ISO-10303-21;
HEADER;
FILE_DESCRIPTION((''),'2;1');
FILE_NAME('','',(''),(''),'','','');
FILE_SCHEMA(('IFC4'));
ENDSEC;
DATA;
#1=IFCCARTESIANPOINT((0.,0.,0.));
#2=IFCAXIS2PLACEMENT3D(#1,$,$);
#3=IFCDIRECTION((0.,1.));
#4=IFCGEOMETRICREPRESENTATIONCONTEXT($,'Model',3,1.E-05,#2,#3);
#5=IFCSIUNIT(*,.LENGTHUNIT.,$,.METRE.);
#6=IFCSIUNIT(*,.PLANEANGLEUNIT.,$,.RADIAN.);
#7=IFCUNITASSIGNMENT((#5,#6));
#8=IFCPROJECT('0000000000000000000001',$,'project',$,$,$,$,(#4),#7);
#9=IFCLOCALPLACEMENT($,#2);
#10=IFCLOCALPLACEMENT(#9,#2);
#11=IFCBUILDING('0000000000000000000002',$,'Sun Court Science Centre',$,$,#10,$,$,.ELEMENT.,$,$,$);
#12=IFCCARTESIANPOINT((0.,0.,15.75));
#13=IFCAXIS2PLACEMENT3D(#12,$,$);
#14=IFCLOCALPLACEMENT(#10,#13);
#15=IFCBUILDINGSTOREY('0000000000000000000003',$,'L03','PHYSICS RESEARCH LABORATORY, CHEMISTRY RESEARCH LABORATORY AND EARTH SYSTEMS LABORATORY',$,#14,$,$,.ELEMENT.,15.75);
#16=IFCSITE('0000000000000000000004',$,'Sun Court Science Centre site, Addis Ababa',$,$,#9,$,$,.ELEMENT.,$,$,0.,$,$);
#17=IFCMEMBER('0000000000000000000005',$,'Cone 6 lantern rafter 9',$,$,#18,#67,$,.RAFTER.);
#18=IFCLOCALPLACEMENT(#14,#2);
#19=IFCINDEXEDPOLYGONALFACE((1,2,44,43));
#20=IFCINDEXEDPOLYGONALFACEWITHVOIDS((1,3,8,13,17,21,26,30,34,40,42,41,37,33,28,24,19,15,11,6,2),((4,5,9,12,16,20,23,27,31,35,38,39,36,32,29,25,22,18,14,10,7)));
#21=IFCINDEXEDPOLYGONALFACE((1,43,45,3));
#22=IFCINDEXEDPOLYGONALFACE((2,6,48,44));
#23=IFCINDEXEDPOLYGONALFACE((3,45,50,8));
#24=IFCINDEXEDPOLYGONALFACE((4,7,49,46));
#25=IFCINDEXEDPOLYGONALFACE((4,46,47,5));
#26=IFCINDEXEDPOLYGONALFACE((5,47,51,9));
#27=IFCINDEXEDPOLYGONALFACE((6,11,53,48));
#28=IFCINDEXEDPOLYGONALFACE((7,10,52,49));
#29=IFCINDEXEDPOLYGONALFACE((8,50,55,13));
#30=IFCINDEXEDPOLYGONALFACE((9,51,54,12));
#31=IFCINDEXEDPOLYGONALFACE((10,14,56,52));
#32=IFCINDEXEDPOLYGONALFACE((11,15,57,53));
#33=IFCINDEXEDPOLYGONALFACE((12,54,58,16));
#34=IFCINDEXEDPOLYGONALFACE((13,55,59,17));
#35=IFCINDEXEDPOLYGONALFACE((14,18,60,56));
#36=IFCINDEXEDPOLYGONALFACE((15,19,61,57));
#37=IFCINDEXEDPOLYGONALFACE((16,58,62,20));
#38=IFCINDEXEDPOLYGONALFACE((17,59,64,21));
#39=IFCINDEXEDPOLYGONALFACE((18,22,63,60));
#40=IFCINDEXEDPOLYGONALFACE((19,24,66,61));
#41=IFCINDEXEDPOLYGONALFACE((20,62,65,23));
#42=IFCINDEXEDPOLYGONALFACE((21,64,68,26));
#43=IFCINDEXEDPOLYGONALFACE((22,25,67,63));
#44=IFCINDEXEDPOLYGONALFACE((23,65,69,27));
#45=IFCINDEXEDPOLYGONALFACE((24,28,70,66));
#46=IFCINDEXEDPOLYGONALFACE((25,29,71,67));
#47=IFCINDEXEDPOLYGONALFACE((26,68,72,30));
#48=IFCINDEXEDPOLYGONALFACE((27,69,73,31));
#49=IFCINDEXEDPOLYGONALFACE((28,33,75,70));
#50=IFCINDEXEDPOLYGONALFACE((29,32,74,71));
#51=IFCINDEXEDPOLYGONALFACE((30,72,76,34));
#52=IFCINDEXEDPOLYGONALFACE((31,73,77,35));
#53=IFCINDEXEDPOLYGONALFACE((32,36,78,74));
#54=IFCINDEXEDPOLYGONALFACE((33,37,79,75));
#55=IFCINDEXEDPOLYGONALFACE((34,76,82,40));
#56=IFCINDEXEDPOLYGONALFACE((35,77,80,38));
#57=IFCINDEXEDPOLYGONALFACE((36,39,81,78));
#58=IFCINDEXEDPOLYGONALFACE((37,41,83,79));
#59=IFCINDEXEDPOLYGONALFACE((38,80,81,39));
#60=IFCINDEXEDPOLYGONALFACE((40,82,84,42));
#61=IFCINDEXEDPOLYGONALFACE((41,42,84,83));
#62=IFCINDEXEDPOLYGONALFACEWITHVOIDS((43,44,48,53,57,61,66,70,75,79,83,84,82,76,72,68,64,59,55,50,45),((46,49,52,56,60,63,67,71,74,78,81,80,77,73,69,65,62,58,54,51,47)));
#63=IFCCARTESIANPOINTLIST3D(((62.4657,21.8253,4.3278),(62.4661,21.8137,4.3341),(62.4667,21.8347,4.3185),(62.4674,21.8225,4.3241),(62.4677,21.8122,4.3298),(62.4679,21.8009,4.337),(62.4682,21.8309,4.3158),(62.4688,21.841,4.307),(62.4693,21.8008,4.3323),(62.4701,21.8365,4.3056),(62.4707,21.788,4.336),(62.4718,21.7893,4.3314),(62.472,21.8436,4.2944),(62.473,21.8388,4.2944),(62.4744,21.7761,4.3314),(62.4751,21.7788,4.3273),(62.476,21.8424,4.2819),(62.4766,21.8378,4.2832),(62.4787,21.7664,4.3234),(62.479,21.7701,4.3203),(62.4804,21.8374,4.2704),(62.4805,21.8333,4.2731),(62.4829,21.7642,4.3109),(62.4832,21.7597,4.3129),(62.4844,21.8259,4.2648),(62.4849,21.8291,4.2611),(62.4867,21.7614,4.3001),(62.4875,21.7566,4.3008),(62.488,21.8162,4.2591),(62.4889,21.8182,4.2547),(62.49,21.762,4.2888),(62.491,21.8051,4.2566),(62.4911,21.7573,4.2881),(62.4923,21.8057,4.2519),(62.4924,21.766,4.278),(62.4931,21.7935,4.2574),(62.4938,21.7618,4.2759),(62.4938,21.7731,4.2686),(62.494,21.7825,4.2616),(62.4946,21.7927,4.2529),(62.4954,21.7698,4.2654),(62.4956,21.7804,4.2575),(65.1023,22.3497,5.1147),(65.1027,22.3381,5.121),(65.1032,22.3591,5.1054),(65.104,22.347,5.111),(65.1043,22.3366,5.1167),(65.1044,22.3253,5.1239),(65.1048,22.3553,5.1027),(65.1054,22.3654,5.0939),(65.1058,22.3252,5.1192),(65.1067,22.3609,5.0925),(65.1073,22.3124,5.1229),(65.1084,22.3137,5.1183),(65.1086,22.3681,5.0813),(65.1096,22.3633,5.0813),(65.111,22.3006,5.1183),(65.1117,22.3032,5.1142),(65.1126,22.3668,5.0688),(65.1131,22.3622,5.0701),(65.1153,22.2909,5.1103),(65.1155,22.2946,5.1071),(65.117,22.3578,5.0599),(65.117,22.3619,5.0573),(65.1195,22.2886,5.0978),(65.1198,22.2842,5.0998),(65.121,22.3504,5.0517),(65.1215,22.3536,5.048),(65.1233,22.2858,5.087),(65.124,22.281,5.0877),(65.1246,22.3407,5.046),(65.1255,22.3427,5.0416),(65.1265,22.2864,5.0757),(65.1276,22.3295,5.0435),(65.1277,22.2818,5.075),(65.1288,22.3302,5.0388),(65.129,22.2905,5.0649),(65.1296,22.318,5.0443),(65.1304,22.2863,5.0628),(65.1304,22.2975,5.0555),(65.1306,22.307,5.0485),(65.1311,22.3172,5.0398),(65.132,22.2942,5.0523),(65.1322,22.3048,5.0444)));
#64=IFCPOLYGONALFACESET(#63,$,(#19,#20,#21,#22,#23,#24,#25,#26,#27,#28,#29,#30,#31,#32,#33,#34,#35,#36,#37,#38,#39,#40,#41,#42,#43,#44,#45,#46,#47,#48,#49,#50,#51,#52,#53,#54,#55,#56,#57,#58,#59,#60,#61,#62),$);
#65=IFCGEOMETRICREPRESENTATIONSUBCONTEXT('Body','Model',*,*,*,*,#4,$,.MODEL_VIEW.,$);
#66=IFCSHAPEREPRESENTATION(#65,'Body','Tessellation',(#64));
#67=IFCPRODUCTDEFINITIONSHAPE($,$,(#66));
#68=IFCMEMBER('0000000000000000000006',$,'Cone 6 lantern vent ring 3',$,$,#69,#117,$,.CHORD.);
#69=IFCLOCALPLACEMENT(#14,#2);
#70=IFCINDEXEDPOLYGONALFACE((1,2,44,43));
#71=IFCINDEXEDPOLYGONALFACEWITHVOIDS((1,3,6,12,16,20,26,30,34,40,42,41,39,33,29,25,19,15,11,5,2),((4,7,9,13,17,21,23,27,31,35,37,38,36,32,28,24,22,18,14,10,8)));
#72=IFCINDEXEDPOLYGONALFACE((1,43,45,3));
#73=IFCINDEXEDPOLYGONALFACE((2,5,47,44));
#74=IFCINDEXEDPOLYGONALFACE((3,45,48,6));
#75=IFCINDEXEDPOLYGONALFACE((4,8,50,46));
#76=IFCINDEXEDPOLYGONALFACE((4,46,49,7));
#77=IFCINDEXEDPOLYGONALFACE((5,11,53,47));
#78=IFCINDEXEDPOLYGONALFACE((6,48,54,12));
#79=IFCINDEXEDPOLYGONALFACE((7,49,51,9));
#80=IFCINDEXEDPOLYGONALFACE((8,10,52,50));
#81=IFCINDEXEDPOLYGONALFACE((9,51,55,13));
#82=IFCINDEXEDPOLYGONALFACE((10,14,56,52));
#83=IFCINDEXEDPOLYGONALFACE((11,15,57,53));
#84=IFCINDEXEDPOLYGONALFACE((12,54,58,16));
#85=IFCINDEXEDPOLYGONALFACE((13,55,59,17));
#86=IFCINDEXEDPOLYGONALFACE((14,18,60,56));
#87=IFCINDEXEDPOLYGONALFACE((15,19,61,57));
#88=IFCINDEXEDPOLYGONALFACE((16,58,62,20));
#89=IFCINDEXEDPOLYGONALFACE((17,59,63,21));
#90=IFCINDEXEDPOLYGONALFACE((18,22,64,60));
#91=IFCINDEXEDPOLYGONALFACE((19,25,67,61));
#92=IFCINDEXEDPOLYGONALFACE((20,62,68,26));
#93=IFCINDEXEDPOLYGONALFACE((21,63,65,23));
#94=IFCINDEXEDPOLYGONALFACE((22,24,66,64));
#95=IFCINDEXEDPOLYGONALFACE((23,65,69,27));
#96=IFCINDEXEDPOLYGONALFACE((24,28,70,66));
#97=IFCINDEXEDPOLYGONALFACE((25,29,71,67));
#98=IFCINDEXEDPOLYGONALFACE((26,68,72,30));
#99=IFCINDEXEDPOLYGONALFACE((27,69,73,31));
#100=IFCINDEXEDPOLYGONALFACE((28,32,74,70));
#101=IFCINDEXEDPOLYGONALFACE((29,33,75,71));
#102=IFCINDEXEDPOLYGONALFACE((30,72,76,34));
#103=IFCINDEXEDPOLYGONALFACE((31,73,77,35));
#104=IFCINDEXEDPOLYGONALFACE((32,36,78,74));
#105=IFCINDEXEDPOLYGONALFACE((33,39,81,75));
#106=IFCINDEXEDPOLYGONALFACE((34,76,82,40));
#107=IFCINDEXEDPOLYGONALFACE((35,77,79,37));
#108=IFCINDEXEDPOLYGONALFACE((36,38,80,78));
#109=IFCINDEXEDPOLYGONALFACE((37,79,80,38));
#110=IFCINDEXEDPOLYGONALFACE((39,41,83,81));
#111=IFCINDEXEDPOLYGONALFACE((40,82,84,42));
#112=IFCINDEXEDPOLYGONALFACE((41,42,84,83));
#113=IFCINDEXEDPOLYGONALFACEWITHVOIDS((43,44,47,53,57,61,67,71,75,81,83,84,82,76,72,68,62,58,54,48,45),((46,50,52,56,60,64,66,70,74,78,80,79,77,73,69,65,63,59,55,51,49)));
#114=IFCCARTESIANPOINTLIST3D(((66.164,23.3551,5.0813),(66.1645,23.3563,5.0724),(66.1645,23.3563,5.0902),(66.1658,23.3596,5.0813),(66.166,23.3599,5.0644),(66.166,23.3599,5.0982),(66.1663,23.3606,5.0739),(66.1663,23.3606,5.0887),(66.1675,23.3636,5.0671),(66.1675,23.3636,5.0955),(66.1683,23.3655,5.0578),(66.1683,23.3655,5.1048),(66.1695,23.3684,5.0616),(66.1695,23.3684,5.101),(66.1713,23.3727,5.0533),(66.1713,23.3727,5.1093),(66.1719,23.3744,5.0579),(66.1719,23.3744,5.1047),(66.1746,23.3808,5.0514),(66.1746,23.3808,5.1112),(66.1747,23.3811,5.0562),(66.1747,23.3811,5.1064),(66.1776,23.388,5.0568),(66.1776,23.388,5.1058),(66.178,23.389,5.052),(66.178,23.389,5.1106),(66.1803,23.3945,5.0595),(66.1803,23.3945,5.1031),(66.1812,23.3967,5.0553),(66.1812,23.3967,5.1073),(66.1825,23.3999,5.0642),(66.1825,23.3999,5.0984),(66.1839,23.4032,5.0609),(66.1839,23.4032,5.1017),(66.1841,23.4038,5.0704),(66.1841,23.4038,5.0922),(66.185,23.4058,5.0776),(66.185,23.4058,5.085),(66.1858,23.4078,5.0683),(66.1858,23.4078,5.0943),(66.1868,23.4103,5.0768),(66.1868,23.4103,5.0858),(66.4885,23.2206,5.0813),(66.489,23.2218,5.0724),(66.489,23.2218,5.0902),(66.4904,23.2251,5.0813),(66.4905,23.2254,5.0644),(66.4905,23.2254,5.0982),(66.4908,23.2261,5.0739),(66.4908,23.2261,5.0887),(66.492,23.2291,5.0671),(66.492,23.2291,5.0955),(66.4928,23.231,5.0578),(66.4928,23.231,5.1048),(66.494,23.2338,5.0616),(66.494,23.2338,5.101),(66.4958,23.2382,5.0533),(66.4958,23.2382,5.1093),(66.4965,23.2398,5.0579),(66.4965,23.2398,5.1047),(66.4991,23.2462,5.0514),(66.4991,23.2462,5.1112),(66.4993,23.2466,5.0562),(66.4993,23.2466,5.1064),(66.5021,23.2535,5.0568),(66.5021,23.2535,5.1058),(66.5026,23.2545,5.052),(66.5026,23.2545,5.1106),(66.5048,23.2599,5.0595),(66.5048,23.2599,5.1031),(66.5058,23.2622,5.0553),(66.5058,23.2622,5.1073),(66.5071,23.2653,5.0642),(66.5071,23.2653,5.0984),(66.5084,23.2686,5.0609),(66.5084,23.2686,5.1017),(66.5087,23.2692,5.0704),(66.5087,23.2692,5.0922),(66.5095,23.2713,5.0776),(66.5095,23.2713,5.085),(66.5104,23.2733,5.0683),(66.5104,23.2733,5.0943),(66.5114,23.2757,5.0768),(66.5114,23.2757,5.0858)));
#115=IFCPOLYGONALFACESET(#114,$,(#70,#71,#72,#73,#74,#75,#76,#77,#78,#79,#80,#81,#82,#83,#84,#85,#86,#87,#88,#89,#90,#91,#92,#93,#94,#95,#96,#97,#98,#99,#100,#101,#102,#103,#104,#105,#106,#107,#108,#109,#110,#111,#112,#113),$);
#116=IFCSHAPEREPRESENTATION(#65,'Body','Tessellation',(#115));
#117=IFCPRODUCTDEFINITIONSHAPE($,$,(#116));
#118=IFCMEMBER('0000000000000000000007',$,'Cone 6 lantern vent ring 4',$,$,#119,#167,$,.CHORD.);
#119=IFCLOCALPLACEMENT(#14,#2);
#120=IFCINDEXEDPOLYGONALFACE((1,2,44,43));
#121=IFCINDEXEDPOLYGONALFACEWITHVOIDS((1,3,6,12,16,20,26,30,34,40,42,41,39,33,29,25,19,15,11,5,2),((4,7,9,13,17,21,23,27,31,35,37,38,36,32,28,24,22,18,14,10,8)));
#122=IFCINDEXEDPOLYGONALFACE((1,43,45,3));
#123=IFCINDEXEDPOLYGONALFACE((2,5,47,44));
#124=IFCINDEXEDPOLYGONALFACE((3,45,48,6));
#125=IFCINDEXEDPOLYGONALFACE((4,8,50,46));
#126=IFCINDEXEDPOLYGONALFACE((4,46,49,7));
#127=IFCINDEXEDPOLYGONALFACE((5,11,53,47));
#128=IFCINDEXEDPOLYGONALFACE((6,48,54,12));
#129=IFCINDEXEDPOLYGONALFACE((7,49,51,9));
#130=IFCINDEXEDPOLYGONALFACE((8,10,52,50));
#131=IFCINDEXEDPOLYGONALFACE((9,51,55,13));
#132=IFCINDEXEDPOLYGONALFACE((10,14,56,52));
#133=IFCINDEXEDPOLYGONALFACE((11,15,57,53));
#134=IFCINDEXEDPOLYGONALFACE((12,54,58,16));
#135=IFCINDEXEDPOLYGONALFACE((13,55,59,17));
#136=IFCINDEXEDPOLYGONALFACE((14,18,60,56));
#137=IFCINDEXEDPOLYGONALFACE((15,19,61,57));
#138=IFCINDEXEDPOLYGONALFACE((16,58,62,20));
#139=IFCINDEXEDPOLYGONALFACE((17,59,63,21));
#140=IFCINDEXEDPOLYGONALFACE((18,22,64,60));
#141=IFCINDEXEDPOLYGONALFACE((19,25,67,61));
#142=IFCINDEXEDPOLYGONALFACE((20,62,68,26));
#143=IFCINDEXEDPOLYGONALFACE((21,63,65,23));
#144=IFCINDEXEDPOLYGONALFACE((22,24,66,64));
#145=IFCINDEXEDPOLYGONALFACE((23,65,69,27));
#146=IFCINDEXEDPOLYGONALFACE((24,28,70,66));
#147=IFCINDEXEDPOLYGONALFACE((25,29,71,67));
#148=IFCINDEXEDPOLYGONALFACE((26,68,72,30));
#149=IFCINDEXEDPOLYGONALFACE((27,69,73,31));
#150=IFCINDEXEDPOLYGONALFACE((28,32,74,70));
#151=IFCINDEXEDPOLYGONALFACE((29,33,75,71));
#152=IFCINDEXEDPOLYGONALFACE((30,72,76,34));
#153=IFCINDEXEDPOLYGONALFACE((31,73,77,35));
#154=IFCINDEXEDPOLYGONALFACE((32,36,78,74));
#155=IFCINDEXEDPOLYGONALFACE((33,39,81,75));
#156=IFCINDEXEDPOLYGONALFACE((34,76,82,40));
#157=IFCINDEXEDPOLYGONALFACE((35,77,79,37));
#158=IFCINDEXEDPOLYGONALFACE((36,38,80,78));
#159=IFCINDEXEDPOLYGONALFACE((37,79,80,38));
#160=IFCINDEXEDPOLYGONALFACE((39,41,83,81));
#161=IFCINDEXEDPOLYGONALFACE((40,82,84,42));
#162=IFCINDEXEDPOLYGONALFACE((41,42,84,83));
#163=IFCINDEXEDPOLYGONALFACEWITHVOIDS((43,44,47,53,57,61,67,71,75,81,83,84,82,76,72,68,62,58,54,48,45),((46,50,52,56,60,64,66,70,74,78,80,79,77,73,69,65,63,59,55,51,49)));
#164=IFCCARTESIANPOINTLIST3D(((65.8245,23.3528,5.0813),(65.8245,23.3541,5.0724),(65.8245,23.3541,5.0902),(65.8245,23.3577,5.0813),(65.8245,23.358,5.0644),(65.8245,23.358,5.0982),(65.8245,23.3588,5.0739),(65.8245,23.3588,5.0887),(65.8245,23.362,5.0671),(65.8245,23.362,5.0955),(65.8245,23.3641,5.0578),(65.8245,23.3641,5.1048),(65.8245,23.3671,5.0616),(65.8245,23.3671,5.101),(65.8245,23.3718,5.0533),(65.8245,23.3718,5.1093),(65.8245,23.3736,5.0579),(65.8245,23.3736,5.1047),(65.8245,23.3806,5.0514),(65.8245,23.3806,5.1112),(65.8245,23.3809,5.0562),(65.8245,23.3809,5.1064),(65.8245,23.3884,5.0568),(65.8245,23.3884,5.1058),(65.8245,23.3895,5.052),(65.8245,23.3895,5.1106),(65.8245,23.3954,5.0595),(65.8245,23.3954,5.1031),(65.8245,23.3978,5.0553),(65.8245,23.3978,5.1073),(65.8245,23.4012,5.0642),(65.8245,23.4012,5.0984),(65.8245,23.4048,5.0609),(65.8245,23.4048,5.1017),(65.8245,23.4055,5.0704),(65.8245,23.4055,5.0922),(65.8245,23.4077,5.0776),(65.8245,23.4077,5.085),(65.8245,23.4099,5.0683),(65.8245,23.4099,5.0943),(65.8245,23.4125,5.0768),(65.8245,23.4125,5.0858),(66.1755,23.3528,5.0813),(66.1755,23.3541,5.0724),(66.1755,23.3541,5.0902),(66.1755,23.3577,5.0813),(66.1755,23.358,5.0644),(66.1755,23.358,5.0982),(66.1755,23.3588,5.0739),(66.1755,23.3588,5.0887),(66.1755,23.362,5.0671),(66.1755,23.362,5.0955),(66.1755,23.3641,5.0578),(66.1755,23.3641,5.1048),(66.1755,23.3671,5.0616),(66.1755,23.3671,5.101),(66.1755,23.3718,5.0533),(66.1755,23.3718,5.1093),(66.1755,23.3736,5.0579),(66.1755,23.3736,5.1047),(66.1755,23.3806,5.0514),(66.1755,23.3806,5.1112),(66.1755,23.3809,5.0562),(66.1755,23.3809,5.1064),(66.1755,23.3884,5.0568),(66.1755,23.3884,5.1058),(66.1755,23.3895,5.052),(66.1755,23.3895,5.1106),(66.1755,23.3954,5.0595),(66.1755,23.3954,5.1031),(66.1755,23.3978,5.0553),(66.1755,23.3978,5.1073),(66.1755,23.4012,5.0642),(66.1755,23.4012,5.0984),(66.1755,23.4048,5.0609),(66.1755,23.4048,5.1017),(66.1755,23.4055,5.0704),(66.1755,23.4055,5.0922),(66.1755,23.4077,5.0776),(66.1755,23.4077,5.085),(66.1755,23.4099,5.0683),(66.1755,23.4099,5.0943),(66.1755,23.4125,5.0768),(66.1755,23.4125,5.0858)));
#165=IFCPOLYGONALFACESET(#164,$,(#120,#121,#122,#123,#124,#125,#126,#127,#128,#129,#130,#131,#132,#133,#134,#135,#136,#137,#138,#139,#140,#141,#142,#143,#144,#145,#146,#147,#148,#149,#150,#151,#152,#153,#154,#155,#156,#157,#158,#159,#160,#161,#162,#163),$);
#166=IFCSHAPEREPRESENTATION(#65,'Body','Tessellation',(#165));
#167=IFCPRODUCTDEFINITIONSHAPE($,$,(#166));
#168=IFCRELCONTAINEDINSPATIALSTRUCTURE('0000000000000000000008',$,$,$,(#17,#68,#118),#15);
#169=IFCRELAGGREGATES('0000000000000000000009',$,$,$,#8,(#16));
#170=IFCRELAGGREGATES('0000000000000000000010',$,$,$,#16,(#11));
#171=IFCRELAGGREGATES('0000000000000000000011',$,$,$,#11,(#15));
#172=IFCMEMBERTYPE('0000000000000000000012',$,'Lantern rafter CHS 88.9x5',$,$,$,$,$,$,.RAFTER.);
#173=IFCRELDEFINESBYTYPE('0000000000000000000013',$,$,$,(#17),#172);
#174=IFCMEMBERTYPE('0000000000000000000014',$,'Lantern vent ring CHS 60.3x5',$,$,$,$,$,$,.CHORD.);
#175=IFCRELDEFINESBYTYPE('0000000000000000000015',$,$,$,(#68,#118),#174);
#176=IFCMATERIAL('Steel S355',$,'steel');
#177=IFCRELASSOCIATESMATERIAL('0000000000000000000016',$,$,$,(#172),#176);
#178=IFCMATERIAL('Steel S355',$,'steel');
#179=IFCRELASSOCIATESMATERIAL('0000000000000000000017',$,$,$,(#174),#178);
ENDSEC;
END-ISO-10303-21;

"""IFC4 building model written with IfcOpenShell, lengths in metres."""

from ifc_helpers import new_model, si_unit, direction, frame, origin, origin_2d, place, context, subcontext, project, spatial, hollow_circle, extrude, material, material_profile, profile_set, type_object, element, save


model = new_model("IFC4")

# Units and contexts
model_context = context("Model", 3, precision=1e-05, world=origin(), true_north=direction((0.0, 1.0)))
body_context = subcontext(model_context, "Body", "Model", "MODEL_VIEW")
ifc_project = project(units=[si_unit("LENGTHUNIT", "METRE"), si_unit("PLANEANGLEUNIT", "RADIAN")], contexts=[model_context])

# Site, building, storey
site_placement = place(None, origin())
site = spatial("IfcSite", under=ifc_project, at=site_placement, Name="Sun Court Science Centre site, Addis Ababa", CompositionType="ELEMENT", RefElevation=0.0)
building_placement = place(site_placement, origin())
building = spatial("IfcBuilding", under=site, at=building_placement, Name="Sun Court Science Centre", CompositionType="ELEMENT")
storey_placement = place(building_placement, frame((0.0, 0.0, 15.75)))
storey = spatial("IfcBuildingStorey", under=building, at=storey_placement, Name="L03", Description="PHYSICS RESEARCH LABORATORY, CHEMISTRY RESEARCH LABORATORY AND EARTH SYSTEMS LABORATORY", CompositionType="ELEMENT", Elevation=15.75)

# Members
ifc_material_1 = material(Name="Steel S355", Category="steel")
ifc_material_profile_1 = material_profile(ifc_material_1, hollow_circle(Radius=0.0444, WallThickness=0.0049, at=origin_2d()), Name="CHS 88.9x5")
ifc_profile_set_1 = profile_set([ifc_material_profile_1], Name="Steel S355")
member_type_1 = type_object("IfcMemberType", Name="Lantern rafter CHS 88.9x5", PredefinedType="RAFTER", material=ifc_profile_set_1)
for number, where, z_axis, x_axis, name in (
    (1, (62.4807, 21.8, 4.2944), (0.941288, 0.187229, 0.280931), (-0.195086, 0.980786, 0.0), "Cone 6 lantern rafter 9"),
):
    element("IfcMember", number, at=place(storey_placement, frame(where, z_axis=z_axis, x_axis=x_axis)), inside=storey, type_object=member_type_1, Name=name, PredefinedType="RAFTER", context=body_context, shape_type="SweptSolid", body=[
        extrude(hollow_circle(Radius=0.0444, WallThickness=0.0049, at=origin_2d()), origin(), (0.0, 0.0, 1.0), 2.801),
    ])
ifc_material_2 = material(Name="Steel S355", Category="steel")
ifc_material_profile_2 = material_profile(ifc_material_2, hollow_circle(Radius=0.03, WallThickness=0.0049, at=origin_2d()), Name="CHS 60.3x5")
ifc_profile_set_2 = profile_set([ifc_material_profile_2], Name="Steel S355")
member_type_2 = type_object("IfcMemberType", Name="Lantern vent ring CHS 60.3x5", PredefinedType="CHORD", material=ifc_profile_set_2)
member_1_placement = place(storey_placement, frame((66.5, 23.2483, 5.0813), z_axis=(-0.923754, 0.382986, 0.0), x_axis=(-0.382986, -0.923754, 0.0)))
element("IfcMember", 2, at=member_1_placement, inside=storey, type_object=member_type_2, Name="Cone 6 lantern vent ring 3", PredefinedType="CHORD", context=body_context, shape_type="SweptSolid", body=[
    extrude(hollow_circle(Radius=0.03, WallThickness=0.0049, at=origin_2d()), origin(), (0.0, 0.0, 1.0), 0.3513),
])
member_2_placement = place(storey_placement, frame((66.1755, 23.3828, 5.0813), z_axis=(-1.0, 0.0, 0.0), x_axis=(0.0, -1.0, 0.0)))
element("IfcMember", 3, at=member_2_placement, inside=storey, type_object=member_type_2, Name="Cone 6 lantern vent ring 4", PredefinedType="CHORD", context=body_context, shape_type="SweptSolid", body=[
    extrude(hollow_circle(Radius=0.03, WallThickness=0.0049, at=origin_2d()), origin(), (0.0, 0.0, 1.0), 0.3511),
])

save(model, "model.ifc")
